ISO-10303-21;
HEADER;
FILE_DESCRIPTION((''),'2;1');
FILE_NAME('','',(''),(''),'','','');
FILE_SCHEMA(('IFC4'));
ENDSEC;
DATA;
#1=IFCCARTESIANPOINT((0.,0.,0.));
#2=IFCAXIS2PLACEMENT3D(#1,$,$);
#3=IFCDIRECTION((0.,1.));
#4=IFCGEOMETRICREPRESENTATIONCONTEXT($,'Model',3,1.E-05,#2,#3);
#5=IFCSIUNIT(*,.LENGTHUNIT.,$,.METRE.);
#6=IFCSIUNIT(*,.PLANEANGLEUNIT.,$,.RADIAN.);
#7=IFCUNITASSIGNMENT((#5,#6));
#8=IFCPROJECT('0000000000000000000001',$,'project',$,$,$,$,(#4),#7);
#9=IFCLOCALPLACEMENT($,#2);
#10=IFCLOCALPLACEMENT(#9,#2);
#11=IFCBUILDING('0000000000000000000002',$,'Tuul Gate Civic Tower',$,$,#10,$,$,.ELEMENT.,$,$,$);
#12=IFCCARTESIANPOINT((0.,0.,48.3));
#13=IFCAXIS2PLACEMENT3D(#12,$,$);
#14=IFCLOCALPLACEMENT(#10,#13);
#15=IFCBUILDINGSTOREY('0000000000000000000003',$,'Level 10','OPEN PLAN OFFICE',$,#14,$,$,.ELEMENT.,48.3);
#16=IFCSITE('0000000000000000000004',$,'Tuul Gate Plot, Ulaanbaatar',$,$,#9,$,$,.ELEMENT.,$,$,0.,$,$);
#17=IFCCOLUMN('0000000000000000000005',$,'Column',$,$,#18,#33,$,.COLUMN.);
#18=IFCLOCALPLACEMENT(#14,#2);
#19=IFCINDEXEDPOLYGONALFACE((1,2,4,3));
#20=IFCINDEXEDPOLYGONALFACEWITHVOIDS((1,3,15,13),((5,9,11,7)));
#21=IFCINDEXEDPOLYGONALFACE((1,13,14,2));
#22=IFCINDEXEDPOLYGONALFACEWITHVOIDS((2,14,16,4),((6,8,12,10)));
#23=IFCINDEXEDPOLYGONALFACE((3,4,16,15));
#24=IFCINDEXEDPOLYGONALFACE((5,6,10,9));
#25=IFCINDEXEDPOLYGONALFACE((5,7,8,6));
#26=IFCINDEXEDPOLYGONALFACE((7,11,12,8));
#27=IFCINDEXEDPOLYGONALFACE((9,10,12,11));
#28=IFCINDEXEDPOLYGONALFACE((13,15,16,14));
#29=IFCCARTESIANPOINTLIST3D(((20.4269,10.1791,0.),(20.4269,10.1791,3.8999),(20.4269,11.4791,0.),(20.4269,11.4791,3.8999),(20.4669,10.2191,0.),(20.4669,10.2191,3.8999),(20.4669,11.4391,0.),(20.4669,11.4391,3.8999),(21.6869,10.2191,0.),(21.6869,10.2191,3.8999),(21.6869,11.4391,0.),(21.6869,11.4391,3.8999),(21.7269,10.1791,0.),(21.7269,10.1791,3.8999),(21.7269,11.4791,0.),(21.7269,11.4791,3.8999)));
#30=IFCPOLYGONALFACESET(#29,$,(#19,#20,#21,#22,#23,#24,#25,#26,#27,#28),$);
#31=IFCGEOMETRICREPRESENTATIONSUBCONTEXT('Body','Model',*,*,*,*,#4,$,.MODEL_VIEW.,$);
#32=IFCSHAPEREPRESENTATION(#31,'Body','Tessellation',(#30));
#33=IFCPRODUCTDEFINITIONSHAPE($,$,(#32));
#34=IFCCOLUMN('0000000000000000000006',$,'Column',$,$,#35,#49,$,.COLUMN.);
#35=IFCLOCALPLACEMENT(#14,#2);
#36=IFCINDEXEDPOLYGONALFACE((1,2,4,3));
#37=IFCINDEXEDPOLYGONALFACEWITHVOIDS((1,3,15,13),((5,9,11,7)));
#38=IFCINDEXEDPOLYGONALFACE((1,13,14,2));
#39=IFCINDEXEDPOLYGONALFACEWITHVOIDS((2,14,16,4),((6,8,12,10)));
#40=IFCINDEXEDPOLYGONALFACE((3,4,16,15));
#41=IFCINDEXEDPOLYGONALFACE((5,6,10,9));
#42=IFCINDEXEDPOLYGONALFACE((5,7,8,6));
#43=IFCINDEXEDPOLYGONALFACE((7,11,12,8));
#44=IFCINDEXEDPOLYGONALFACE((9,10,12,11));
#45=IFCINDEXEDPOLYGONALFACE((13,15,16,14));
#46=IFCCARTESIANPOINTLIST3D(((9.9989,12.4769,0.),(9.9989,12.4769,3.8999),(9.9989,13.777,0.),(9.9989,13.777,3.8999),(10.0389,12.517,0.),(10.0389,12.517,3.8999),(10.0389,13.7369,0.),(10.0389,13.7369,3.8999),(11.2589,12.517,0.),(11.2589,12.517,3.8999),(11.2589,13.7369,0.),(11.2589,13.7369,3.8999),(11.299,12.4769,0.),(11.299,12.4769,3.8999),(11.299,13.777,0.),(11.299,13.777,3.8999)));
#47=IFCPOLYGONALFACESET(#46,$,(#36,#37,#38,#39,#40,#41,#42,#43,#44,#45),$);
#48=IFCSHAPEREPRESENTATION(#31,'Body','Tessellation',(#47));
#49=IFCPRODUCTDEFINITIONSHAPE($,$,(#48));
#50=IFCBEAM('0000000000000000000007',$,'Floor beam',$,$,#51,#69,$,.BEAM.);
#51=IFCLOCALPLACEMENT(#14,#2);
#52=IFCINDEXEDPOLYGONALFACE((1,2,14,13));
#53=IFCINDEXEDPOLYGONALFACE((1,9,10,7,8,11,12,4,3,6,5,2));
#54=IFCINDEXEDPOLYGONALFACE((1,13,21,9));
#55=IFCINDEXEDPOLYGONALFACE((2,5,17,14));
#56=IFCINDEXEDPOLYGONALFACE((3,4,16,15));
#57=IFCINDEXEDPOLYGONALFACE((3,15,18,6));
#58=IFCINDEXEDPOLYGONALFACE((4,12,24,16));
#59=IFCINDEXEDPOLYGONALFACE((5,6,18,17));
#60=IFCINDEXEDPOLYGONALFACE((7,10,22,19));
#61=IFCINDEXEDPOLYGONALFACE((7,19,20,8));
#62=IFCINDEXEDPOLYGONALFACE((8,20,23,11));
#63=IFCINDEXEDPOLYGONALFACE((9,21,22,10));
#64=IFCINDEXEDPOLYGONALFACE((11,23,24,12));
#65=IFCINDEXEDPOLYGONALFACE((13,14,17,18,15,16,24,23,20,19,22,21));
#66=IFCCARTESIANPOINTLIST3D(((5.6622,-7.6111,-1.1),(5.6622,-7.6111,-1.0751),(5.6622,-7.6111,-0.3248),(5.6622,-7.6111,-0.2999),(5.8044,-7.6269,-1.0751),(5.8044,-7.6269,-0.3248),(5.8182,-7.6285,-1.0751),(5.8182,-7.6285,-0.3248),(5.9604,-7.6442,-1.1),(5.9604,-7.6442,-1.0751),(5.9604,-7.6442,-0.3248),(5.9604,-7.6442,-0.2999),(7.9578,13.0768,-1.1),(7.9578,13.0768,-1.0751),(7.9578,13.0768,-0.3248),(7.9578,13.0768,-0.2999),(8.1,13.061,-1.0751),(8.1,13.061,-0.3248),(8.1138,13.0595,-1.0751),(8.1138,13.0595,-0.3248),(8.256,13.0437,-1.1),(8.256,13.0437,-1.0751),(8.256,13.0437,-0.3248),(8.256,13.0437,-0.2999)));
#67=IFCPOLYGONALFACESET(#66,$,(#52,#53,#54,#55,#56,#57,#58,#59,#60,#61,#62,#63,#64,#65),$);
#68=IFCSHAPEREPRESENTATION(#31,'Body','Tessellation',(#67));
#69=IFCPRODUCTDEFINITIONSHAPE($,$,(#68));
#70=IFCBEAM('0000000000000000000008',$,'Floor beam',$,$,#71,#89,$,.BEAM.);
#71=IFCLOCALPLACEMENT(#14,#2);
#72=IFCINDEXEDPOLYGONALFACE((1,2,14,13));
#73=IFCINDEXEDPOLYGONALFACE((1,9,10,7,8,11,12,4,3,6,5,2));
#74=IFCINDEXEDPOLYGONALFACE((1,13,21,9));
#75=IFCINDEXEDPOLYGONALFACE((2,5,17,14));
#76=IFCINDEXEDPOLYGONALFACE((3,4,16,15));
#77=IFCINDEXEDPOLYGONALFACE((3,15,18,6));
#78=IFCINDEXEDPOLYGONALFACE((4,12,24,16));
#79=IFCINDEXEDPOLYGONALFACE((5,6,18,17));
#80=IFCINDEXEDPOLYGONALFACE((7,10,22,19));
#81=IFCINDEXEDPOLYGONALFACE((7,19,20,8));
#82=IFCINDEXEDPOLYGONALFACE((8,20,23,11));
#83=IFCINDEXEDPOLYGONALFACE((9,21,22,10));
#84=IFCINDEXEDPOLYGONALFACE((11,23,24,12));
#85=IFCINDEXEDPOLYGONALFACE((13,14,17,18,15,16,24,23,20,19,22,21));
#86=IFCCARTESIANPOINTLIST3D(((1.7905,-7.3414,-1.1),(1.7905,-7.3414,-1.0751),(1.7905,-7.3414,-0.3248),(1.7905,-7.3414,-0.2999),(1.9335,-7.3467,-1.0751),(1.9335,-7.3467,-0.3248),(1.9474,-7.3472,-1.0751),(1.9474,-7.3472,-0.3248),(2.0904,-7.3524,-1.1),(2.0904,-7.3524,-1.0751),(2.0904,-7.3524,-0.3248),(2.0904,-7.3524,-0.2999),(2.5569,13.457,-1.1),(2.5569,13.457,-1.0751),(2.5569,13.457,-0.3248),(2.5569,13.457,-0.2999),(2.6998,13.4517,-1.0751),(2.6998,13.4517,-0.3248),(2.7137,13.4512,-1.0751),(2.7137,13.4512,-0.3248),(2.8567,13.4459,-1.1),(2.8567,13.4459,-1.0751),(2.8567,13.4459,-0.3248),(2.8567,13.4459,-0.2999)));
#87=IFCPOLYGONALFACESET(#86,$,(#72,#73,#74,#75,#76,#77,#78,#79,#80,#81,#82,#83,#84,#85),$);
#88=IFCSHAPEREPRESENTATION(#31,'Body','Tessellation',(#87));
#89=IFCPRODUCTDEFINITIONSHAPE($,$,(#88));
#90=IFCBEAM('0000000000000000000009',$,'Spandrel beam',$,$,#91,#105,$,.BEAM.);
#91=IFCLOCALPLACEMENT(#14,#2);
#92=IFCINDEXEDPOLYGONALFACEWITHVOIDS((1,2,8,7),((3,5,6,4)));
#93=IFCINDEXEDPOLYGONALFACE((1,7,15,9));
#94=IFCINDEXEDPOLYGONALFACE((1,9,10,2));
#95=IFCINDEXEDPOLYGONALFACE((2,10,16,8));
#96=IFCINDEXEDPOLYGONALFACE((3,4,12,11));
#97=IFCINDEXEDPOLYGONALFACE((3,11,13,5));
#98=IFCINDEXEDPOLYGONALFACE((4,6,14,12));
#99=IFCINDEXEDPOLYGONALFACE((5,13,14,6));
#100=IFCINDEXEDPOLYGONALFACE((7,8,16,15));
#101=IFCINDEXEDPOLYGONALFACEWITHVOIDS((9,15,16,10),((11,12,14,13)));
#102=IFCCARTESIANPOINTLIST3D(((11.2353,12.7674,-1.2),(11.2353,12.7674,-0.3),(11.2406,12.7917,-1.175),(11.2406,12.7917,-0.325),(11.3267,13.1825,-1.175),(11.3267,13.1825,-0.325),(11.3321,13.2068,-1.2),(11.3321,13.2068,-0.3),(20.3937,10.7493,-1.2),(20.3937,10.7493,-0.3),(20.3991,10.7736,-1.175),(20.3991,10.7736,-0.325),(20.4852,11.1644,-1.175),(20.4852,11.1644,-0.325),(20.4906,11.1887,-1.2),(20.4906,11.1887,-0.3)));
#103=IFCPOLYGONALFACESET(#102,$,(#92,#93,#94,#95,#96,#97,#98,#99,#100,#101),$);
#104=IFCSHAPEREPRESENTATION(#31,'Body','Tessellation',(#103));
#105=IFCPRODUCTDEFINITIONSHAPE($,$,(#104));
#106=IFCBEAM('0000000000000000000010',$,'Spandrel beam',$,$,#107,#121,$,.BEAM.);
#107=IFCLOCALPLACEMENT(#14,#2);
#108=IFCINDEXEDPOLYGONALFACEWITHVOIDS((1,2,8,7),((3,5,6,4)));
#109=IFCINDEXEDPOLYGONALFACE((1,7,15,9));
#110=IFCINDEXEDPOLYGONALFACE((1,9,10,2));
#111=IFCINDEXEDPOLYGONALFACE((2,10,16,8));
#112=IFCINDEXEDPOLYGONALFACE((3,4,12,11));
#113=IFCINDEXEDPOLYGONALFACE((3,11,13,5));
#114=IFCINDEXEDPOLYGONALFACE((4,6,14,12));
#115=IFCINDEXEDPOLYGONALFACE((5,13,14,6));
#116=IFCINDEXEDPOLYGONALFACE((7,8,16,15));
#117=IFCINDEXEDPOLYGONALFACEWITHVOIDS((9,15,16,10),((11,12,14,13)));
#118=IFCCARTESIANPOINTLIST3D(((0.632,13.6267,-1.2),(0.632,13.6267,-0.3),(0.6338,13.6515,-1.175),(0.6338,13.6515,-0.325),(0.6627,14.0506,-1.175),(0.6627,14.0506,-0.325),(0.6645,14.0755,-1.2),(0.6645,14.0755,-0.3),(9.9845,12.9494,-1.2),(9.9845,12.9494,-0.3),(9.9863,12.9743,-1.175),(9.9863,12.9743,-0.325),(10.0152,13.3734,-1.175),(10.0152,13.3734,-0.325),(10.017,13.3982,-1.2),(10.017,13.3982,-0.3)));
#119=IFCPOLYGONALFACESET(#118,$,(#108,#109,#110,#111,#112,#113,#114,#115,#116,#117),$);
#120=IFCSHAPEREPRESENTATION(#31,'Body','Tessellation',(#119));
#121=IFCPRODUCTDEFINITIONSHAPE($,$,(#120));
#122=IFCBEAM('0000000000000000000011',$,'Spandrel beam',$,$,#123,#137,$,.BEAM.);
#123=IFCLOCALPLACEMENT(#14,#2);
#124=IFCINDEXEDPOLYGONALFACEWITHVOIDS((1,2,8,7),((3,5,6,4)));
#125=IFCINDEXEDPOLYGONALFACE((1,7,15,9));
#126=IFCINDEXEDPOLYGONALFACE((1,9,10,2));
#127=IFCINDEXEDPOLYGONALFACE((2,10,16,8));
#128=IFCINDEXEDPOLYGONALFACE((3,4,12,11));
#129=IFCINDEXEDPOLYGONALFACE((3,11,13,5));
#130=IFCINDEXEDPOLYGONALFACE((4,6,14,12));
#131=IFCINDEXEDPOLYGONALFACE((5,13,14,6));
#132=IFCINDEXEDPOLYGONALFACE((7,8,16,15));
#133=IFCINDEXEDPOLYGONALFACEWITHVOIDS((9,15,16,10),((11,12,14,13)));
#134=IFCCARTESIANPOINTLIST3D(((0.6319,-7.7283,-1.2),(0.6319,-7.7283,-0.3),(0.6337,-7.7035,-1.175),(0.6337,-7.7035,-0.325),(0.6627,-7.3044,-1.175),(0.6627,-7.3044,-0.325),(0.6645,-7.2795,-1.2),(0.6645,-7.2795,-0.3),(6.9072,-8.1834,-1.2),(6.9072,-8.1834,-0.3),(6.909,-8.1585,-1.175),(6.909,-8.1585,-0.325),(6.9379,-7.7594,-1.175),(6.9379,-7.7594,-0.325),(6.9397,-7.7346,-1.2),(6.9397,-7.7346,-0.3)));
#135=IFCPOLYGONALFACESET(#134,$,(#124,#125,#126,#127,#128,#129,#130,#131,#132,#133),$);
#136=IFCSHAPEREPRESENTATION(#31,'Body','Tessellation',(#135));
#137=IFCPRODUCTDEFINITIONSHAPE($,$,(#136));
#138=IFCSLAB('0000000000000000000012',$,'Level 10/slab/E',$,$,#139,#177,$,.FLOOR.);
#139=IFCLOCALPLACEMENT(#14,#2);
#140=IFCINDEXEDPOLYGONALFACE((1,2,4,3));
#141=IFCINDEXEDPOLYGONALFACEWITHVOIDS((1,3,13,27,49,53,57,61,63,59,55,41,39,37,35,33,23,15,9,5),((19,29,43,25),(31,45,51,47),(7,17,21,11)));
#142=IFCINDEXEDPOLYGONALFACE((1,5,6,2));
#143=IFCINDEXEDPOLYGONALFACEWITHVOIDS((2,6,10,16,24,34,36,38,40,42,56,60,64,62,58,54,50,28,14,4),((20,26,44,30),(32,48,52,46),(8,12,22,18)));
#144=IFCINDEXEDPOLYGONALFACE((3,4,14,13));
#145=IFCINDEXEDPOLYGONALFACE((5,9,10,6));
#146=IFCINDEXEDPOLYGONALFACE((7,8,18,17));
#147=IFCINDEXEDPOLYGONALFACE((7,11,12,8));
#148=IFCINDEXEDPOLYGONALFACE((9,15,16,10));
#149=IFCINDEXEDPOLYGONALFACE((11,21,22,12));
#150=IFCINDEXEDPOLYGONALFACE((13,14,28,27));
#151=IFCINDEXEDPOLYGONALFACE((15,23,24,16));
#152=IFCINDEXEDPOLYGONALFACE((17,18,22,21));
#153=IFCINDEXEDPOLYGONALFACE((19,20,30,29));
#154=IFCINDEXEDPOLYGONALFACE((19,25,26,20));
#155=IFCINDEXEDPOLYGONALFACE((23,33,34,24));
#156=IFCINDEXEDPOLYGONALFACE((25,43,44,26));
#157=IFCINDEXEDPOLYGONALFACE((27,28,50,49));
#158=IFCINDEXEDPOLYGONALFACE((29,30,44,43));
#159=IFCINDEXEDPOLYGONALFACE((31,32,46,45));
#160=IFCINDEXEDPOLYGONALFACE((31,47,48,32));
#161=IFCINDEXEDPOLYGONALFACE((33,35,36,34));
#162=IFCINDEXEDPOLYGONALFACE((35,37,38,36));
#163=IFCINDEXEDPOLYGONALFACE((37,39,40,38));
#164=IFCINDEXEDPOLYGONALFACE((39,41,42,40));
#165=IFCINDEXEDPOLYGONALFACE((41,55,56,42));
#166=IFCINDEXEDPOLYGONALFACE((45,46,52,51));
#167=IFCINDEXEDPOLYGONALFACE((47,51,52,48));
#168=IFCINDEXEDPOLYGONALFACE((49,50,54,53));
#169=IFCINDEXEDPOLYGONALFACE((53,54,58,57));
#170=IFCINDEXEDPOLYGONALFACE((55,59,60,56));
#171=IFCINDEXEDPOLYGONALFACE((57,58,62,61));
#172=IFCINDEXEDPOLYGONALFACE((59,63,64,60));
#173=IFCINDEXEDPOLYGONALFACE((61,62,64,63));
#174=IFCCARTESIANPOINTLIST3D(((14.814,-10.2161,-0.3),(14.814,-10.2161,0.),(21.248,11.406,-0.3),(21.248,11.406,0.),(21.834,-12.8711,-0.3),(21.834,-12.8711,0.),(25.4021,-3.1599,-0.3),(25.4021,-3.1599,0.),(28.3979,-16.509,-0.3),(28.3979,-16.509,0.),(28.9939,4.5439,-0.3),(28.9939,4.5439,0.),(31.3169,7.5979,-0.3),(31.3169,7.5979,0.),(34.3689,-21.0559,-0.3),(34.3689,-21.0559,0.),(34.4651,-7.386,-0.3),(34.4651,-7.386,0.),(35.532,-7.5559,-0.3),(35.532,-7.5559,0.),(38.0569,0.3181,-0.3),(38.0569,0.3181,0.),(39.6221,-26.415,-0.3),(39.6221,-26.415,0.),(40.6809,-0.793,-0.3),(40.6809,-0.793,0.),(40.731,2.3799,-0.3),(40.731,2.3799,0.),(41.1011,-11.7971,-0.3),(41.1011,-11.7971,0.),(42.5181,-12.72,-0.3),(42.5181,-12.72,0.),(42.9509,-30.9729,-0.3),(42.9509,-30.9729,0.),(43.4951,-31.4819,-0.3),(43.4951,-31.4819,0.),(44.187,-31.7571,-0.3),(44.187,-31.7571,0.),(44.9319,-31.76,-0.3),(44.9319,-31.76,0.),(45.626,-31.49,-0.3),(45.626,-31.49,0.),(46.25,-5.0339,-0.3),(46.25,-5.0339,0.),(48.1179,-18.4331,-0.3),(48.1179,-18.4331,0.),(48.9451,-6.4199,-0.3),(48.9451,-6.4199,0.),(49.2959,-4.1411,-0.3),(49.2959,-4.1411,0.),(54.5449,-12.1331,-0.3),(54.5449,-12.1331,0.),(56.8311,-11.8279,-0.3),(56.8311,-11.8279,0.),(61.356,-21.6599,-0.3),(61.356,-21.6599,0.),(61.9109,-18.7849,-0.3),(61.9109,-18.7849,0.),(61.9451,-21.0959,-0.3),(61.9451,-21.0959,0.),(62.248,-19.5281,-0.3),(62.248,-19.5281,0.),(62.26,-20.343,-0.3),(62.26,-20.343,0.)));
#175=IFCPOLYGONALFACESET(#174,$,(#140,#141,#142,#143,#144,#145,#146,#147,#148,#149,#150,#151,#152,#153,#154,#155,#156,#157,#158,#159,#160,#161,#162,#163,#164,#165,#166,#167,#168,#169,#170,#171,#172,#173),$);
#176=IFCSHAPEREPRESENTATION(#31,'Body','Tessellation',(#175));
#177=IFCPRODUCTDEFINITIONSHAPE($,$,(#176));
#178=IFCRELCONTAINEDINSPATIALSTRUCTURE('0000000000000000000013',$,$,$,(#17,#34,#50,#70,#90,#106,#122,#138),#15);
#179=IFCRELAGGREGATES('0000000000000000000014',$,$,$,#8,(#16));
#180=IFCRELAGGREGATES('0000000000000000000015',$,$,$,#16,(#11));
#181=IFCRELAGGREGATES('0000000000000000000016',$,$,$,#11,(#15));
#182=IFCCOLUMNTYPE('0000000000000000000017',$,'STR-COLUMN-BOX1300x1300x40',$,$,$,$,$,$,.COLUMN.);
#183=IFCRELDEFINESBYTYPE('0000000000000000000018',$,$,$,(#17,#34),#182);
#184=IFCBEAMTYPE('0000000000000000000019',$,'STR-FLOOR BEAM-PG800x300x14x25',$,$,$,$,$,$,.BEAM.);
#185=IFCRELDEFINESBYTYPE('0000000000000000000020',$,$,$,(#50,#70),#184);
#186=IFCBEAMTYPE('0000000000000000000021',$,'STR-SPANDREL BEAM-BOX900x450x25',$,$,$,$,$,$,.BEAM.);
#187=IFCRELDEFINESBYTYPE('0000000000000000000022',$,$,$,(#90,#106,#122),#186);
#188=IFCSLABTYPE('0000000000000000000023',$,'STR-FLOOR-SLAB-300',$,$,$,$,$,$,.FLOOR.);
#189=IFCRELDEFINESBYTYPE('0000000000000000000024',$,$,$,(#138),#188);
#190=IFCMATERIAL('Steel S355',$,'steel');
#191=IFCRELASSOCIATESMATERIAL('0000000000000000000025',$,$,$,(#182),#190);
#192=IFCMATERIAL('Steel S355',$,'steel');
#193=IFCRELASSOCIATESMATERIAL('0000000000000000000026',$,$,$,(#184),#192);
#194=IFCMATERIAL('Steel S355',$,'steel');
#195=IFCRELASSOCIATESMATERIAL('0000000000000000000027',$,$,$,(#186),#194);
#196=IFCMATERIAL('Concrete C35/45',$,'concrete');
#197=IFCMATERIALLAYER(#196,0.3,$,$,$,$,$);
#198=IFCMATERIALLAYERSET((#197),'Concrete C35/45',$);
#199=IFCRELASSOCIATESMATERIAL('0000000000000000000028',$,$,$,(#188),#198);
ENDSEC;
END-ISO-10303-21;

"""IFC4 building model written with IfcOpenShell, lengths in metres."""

from ifc_helpers import new_model, si_unit, direction, frame, origin, origin_2d, place, context, subcontext, project, spatial, polyline, hollow_rectangle, i_section, outline, extrude, material, layer, layer_set, material_profile, profile_set, type_object, element, save


model = new_model("IFC4")

# Units and contexts
model_context = context("Model", 3, precision=1e-05, world=origin(), true_north=direction((0.0, 1.0)))
body_context = subcontext(model_context, "Body", "Model", "MODEL_VIEW")
ifc_project = project(units=[si_unit("LENGTHUNIT", "METRE"), si_unit("PLANEANGLEUNIT", "RADIAN")], contexts=[model_context])

# Site, building, storey
site_placement = place(None, origin())
site = spatial("IfcSite", under=ifc_project, at=site_placement, Name="Tuul Gate Plot, Ulaanbaatar", CompositionType="ELEMENT", RefElevation=0.0)
building_placement = place(site_placement, origin())
building = spatial("IfcBuilding", under=site, at=building_placement, Name="Tuul Gate Civic Tower", CompositionType="ELEMENT")
storey_placement = place(building_placement, frame((0.0, 0.0, 48.3)))
storey = spatial("IfcBuildingStorey", under=building, at=storey_placement, Name="Level 10", Description="OPEN PLAN OFFICE", CompositionType="ELEMENT", Elevation=48.3)

# Columns
ifc_material_1 = material(Name="Steel S355", Category="steel")
ifc_material_profile_1 = material_profile(ifc_material_1, hollow_rectangle(XDim=1.3, YDim=1.3, WallThickness=0.04, at=origin_2d()), Name="BOX1300x1300x40")
ifc_profile_set_1 = profile_set([ifc_material_profile_1], Name="Steel S355")
column_type = type_object("IfcColumnType", Name="STR-COLUMN-BOX1300x1300x40", PredefinedType="COLUMN", material=ifc_profile_set_1)
for number, where, z_axis, x_axis, name in (
    (1, (21.0769, 10.8291, 0.0), (0.0, 0.0, 1.0), (1.0, 0.0, 0.0), "Column"),
    (2, (10.6489, 13.127, 0.0), (0.0, 0.0, 1.0), (1.0, 0.0, 0.0), "Column"),
):
    element("IfcColumn", number, at=place(storey_placement, frame(where, z_axis=z_axis, x_axis=x_axis)), inside=storey, type_object=column_type, Name=name, PredefinedType="COLUMN", context=body_context, shape_type="SweptSolid", body=[
        extrude(hollow_rectangle(XDim=1.3, YDim=1.3, WallThickness=0.04, at=origin_2d()), origin(), (0.0, 0.0, 1.0), 3.8999),
    ])

# Beams
ifc_material_2 = material(Name="Steel S355", Category="steel")
ifc_material_profile_2 = material_profile(ifc_material_2, i_section(OverallWidth=0.3, OverallDepth=0.8, WebThickness=0.0139, FlangeThickness=0.0249, at=origin_2d()), Name="PG800x300x14x25")
ifc_profile_set_2 = profile_set([ifc_material_profile_2], Name="Steel S355")
beam_type_1 = type_object("IfcBeamType", Name="STR-FLOOR BEAM-PG800x300x14x25", PredefinedType="BEAM", material=ifc_profile_set_2)
beam_1_placement = place(storey_placement, frame((5.8113, -7.6277, -0.7), z_axis=(0.110289, 0.9939, 0.0), x_axis=(-0.9939, 0.110289, 0.0)))
element("IfcBeam", 3, at=beam_1_placement, inside=storey, type_object=beam_type_1, Name="Floor beam", PredefinedType="BEAM", context=body_context, shape_type="SweptSolid", body=[
    extrude(i_section(OverallWidth=0.3, OverallDepth=0.8, WebThickness=0.0139, FlangeThickness=0.0249, at=origin_2d()), origin(), (0.0, 0.0, 1.0), 20.8149),
])
beam_2_placement = place(storey_placement, frame((1.9404, -7.3469, -0.7), z_axis=(0.036822, 0.999322, 0.0), x_axis=(-0.999322, 0.036822, 0.0)))
element("IfcBeam", 4, at=beam_2_placement, inside=storey, type_object=beam_type_1, Name="Floor beam", PredefinedType="BEAM", context=body_context, shape_type="SweptSolid", body=[
    extrude(i_section(OverallWidth=0.3, OverallDepth=0.8, WebThickness=0.0139, FlangeThickness=0.0249, at=origin_2d()), origin(), (0.0, 0.0, 1.0), 20.8125),
])
ifc_material_3 = material(Name="Steel S355", Category="steel")
ifc_material_profile_3 = material_profile(ifc_material_3, hollow_rectangle(XDim=0.45, YDim=0.8999, WallThickness=0.0249, at=origin_2d()), Name="BOX900x450x25")
ifc_profile_set_3 = profile_set([ifc_material_profile_3], Name="Steel S355")
beam_type_2 = type_object("IfcBeamType", Name="STR-SPANDREL BEAM-BOX900x450x25", PredefinedType="BEAM", material=ifc_profile_set_3)
beam_3_placement = place(storey_placement, frame((20.4421, 10.969, -0.75), z_axis=(-0.976573, 0.215188, 0.0), x_axis=(-0.215188, -0.976573, 0.0)))
element("IfcBeam", 5, at=beam_3_placement, inside=storey, type_object=beam_type_2, Name="Spandrel beam", PredefinedType="BEAM", context=body_context, shape_type="SweptSolid", body=[
    extrude(hollow_rectangle(XDim=0.45, YDim=0.8999, WallThickness=0.0249, at=origin_2d()), origin(), (0.0, 0.0, 1.0), 9.3782),
])
beam_4_placement = place(storey_placement, frame((10.0007, 13.1738, -0.75), z_axis=(-0.997388, 0.072224, 0.0), x_axis=(-0.072224, -0.997388, 0.0)))
element("IfcBeam", 6, at=beam_4_placement, inside=storey, type_object=beam_type_2, Name="Spandrel beam", PredefinedType="BEAM", context=body_context, shape_type="SweptSolid", body=[
    extrude(hollow_rectangle(XDim=0.45, YDim=0.8999, WallThickness=0.0249, at=origin_2d()), origin(), (0.0, 0.0, 1.0), 9.377),
])
beam_5_placement = place(storey_placement, frame((0.6482, -7.5039, -0.75), z_axis=(0.997381, -0.072328, 0.0), x_axis=(0.072328, 0.997381, 0.0)))
element("IfcBeam", 7, at=beam_5_placement, inside=storey, type_object=beam_type_2, Name="Spandrel beam", PredefinedType="BEAM", context=body_context, shape_type="SweptSolid", body=[
    extrude(hollow_rectangle(XDim=0.45, YDim=0.8999, WallThickness=0.0249, at=origin_2d()), origin(), (0.0, 0.0, 1.0), 6.2917),
])

# Slab
ifc_material_4 = material(Name="Concrete C35/45", Category="concrete")
ifc_layer_1 = layer(ifc_material_4, 0.3)
ifc_layer_set_1 = layer_set([ifc_layer_1], Name="Concrete C35/45")
slab_type = type_object("IfcSlabType", Name="STR-FLOOR-SLAB-300", PredefinedType="FLOOR", material=ifc_layer_set_1)
slab_placement = place(storey_placement, frame((0.0, 0.0, -0.3)))
element("IfcSlab", 8, at=slab_placement, inside=storey, type_object=slab_type, Name="Level 10/slab/E", PredefinedType="FLOOR", context=body_context, shape_type="SweptSolid", body=[
    extrude(outline(polyline([(44.9319, -31.76), (45.626, -31.49), (61.356, -21.6599), (61.9451, -21.0959), (62.26, -20.343), (62.248, -19.5281), (61.9109, -18.7849), (56.8311, -11.8279), (49.2959, -4.1411), (40.731, 2.3799), (31.3169, 7.5979), (21.248, 11.406), (14.814, -10.2161), (21.834, -12.8711), (28.3979, -16.509), (34.3689, -21.0559), (39.6221, -26.415), (42.9509, -30.9729), (43.4951, -31.4819), (44.187, -31.7571), (44.9319, -31.76)]), holes=[polyline([(48.1179, -18.4331), (42.5181, -12.72), (48.9451, -6.4199), (54.5449, -12.1331), (48.1179, -18.4331)]), polyline([(35.532, -7.5559), (40.6809, -0.793), (46.25, -5.0339), (41.1011, -11.7971), (35.532, -7.5559)]), polyline([(25.4021, -3.1599), (28.9939, 4.5439), (38.0569, 0.3181), (34.4651, -7.386), (25.4021, -3.1599)])]), origin(), (0.0, 0.0, 1.0), 0.3),
])

save(model, "model.ifc")
